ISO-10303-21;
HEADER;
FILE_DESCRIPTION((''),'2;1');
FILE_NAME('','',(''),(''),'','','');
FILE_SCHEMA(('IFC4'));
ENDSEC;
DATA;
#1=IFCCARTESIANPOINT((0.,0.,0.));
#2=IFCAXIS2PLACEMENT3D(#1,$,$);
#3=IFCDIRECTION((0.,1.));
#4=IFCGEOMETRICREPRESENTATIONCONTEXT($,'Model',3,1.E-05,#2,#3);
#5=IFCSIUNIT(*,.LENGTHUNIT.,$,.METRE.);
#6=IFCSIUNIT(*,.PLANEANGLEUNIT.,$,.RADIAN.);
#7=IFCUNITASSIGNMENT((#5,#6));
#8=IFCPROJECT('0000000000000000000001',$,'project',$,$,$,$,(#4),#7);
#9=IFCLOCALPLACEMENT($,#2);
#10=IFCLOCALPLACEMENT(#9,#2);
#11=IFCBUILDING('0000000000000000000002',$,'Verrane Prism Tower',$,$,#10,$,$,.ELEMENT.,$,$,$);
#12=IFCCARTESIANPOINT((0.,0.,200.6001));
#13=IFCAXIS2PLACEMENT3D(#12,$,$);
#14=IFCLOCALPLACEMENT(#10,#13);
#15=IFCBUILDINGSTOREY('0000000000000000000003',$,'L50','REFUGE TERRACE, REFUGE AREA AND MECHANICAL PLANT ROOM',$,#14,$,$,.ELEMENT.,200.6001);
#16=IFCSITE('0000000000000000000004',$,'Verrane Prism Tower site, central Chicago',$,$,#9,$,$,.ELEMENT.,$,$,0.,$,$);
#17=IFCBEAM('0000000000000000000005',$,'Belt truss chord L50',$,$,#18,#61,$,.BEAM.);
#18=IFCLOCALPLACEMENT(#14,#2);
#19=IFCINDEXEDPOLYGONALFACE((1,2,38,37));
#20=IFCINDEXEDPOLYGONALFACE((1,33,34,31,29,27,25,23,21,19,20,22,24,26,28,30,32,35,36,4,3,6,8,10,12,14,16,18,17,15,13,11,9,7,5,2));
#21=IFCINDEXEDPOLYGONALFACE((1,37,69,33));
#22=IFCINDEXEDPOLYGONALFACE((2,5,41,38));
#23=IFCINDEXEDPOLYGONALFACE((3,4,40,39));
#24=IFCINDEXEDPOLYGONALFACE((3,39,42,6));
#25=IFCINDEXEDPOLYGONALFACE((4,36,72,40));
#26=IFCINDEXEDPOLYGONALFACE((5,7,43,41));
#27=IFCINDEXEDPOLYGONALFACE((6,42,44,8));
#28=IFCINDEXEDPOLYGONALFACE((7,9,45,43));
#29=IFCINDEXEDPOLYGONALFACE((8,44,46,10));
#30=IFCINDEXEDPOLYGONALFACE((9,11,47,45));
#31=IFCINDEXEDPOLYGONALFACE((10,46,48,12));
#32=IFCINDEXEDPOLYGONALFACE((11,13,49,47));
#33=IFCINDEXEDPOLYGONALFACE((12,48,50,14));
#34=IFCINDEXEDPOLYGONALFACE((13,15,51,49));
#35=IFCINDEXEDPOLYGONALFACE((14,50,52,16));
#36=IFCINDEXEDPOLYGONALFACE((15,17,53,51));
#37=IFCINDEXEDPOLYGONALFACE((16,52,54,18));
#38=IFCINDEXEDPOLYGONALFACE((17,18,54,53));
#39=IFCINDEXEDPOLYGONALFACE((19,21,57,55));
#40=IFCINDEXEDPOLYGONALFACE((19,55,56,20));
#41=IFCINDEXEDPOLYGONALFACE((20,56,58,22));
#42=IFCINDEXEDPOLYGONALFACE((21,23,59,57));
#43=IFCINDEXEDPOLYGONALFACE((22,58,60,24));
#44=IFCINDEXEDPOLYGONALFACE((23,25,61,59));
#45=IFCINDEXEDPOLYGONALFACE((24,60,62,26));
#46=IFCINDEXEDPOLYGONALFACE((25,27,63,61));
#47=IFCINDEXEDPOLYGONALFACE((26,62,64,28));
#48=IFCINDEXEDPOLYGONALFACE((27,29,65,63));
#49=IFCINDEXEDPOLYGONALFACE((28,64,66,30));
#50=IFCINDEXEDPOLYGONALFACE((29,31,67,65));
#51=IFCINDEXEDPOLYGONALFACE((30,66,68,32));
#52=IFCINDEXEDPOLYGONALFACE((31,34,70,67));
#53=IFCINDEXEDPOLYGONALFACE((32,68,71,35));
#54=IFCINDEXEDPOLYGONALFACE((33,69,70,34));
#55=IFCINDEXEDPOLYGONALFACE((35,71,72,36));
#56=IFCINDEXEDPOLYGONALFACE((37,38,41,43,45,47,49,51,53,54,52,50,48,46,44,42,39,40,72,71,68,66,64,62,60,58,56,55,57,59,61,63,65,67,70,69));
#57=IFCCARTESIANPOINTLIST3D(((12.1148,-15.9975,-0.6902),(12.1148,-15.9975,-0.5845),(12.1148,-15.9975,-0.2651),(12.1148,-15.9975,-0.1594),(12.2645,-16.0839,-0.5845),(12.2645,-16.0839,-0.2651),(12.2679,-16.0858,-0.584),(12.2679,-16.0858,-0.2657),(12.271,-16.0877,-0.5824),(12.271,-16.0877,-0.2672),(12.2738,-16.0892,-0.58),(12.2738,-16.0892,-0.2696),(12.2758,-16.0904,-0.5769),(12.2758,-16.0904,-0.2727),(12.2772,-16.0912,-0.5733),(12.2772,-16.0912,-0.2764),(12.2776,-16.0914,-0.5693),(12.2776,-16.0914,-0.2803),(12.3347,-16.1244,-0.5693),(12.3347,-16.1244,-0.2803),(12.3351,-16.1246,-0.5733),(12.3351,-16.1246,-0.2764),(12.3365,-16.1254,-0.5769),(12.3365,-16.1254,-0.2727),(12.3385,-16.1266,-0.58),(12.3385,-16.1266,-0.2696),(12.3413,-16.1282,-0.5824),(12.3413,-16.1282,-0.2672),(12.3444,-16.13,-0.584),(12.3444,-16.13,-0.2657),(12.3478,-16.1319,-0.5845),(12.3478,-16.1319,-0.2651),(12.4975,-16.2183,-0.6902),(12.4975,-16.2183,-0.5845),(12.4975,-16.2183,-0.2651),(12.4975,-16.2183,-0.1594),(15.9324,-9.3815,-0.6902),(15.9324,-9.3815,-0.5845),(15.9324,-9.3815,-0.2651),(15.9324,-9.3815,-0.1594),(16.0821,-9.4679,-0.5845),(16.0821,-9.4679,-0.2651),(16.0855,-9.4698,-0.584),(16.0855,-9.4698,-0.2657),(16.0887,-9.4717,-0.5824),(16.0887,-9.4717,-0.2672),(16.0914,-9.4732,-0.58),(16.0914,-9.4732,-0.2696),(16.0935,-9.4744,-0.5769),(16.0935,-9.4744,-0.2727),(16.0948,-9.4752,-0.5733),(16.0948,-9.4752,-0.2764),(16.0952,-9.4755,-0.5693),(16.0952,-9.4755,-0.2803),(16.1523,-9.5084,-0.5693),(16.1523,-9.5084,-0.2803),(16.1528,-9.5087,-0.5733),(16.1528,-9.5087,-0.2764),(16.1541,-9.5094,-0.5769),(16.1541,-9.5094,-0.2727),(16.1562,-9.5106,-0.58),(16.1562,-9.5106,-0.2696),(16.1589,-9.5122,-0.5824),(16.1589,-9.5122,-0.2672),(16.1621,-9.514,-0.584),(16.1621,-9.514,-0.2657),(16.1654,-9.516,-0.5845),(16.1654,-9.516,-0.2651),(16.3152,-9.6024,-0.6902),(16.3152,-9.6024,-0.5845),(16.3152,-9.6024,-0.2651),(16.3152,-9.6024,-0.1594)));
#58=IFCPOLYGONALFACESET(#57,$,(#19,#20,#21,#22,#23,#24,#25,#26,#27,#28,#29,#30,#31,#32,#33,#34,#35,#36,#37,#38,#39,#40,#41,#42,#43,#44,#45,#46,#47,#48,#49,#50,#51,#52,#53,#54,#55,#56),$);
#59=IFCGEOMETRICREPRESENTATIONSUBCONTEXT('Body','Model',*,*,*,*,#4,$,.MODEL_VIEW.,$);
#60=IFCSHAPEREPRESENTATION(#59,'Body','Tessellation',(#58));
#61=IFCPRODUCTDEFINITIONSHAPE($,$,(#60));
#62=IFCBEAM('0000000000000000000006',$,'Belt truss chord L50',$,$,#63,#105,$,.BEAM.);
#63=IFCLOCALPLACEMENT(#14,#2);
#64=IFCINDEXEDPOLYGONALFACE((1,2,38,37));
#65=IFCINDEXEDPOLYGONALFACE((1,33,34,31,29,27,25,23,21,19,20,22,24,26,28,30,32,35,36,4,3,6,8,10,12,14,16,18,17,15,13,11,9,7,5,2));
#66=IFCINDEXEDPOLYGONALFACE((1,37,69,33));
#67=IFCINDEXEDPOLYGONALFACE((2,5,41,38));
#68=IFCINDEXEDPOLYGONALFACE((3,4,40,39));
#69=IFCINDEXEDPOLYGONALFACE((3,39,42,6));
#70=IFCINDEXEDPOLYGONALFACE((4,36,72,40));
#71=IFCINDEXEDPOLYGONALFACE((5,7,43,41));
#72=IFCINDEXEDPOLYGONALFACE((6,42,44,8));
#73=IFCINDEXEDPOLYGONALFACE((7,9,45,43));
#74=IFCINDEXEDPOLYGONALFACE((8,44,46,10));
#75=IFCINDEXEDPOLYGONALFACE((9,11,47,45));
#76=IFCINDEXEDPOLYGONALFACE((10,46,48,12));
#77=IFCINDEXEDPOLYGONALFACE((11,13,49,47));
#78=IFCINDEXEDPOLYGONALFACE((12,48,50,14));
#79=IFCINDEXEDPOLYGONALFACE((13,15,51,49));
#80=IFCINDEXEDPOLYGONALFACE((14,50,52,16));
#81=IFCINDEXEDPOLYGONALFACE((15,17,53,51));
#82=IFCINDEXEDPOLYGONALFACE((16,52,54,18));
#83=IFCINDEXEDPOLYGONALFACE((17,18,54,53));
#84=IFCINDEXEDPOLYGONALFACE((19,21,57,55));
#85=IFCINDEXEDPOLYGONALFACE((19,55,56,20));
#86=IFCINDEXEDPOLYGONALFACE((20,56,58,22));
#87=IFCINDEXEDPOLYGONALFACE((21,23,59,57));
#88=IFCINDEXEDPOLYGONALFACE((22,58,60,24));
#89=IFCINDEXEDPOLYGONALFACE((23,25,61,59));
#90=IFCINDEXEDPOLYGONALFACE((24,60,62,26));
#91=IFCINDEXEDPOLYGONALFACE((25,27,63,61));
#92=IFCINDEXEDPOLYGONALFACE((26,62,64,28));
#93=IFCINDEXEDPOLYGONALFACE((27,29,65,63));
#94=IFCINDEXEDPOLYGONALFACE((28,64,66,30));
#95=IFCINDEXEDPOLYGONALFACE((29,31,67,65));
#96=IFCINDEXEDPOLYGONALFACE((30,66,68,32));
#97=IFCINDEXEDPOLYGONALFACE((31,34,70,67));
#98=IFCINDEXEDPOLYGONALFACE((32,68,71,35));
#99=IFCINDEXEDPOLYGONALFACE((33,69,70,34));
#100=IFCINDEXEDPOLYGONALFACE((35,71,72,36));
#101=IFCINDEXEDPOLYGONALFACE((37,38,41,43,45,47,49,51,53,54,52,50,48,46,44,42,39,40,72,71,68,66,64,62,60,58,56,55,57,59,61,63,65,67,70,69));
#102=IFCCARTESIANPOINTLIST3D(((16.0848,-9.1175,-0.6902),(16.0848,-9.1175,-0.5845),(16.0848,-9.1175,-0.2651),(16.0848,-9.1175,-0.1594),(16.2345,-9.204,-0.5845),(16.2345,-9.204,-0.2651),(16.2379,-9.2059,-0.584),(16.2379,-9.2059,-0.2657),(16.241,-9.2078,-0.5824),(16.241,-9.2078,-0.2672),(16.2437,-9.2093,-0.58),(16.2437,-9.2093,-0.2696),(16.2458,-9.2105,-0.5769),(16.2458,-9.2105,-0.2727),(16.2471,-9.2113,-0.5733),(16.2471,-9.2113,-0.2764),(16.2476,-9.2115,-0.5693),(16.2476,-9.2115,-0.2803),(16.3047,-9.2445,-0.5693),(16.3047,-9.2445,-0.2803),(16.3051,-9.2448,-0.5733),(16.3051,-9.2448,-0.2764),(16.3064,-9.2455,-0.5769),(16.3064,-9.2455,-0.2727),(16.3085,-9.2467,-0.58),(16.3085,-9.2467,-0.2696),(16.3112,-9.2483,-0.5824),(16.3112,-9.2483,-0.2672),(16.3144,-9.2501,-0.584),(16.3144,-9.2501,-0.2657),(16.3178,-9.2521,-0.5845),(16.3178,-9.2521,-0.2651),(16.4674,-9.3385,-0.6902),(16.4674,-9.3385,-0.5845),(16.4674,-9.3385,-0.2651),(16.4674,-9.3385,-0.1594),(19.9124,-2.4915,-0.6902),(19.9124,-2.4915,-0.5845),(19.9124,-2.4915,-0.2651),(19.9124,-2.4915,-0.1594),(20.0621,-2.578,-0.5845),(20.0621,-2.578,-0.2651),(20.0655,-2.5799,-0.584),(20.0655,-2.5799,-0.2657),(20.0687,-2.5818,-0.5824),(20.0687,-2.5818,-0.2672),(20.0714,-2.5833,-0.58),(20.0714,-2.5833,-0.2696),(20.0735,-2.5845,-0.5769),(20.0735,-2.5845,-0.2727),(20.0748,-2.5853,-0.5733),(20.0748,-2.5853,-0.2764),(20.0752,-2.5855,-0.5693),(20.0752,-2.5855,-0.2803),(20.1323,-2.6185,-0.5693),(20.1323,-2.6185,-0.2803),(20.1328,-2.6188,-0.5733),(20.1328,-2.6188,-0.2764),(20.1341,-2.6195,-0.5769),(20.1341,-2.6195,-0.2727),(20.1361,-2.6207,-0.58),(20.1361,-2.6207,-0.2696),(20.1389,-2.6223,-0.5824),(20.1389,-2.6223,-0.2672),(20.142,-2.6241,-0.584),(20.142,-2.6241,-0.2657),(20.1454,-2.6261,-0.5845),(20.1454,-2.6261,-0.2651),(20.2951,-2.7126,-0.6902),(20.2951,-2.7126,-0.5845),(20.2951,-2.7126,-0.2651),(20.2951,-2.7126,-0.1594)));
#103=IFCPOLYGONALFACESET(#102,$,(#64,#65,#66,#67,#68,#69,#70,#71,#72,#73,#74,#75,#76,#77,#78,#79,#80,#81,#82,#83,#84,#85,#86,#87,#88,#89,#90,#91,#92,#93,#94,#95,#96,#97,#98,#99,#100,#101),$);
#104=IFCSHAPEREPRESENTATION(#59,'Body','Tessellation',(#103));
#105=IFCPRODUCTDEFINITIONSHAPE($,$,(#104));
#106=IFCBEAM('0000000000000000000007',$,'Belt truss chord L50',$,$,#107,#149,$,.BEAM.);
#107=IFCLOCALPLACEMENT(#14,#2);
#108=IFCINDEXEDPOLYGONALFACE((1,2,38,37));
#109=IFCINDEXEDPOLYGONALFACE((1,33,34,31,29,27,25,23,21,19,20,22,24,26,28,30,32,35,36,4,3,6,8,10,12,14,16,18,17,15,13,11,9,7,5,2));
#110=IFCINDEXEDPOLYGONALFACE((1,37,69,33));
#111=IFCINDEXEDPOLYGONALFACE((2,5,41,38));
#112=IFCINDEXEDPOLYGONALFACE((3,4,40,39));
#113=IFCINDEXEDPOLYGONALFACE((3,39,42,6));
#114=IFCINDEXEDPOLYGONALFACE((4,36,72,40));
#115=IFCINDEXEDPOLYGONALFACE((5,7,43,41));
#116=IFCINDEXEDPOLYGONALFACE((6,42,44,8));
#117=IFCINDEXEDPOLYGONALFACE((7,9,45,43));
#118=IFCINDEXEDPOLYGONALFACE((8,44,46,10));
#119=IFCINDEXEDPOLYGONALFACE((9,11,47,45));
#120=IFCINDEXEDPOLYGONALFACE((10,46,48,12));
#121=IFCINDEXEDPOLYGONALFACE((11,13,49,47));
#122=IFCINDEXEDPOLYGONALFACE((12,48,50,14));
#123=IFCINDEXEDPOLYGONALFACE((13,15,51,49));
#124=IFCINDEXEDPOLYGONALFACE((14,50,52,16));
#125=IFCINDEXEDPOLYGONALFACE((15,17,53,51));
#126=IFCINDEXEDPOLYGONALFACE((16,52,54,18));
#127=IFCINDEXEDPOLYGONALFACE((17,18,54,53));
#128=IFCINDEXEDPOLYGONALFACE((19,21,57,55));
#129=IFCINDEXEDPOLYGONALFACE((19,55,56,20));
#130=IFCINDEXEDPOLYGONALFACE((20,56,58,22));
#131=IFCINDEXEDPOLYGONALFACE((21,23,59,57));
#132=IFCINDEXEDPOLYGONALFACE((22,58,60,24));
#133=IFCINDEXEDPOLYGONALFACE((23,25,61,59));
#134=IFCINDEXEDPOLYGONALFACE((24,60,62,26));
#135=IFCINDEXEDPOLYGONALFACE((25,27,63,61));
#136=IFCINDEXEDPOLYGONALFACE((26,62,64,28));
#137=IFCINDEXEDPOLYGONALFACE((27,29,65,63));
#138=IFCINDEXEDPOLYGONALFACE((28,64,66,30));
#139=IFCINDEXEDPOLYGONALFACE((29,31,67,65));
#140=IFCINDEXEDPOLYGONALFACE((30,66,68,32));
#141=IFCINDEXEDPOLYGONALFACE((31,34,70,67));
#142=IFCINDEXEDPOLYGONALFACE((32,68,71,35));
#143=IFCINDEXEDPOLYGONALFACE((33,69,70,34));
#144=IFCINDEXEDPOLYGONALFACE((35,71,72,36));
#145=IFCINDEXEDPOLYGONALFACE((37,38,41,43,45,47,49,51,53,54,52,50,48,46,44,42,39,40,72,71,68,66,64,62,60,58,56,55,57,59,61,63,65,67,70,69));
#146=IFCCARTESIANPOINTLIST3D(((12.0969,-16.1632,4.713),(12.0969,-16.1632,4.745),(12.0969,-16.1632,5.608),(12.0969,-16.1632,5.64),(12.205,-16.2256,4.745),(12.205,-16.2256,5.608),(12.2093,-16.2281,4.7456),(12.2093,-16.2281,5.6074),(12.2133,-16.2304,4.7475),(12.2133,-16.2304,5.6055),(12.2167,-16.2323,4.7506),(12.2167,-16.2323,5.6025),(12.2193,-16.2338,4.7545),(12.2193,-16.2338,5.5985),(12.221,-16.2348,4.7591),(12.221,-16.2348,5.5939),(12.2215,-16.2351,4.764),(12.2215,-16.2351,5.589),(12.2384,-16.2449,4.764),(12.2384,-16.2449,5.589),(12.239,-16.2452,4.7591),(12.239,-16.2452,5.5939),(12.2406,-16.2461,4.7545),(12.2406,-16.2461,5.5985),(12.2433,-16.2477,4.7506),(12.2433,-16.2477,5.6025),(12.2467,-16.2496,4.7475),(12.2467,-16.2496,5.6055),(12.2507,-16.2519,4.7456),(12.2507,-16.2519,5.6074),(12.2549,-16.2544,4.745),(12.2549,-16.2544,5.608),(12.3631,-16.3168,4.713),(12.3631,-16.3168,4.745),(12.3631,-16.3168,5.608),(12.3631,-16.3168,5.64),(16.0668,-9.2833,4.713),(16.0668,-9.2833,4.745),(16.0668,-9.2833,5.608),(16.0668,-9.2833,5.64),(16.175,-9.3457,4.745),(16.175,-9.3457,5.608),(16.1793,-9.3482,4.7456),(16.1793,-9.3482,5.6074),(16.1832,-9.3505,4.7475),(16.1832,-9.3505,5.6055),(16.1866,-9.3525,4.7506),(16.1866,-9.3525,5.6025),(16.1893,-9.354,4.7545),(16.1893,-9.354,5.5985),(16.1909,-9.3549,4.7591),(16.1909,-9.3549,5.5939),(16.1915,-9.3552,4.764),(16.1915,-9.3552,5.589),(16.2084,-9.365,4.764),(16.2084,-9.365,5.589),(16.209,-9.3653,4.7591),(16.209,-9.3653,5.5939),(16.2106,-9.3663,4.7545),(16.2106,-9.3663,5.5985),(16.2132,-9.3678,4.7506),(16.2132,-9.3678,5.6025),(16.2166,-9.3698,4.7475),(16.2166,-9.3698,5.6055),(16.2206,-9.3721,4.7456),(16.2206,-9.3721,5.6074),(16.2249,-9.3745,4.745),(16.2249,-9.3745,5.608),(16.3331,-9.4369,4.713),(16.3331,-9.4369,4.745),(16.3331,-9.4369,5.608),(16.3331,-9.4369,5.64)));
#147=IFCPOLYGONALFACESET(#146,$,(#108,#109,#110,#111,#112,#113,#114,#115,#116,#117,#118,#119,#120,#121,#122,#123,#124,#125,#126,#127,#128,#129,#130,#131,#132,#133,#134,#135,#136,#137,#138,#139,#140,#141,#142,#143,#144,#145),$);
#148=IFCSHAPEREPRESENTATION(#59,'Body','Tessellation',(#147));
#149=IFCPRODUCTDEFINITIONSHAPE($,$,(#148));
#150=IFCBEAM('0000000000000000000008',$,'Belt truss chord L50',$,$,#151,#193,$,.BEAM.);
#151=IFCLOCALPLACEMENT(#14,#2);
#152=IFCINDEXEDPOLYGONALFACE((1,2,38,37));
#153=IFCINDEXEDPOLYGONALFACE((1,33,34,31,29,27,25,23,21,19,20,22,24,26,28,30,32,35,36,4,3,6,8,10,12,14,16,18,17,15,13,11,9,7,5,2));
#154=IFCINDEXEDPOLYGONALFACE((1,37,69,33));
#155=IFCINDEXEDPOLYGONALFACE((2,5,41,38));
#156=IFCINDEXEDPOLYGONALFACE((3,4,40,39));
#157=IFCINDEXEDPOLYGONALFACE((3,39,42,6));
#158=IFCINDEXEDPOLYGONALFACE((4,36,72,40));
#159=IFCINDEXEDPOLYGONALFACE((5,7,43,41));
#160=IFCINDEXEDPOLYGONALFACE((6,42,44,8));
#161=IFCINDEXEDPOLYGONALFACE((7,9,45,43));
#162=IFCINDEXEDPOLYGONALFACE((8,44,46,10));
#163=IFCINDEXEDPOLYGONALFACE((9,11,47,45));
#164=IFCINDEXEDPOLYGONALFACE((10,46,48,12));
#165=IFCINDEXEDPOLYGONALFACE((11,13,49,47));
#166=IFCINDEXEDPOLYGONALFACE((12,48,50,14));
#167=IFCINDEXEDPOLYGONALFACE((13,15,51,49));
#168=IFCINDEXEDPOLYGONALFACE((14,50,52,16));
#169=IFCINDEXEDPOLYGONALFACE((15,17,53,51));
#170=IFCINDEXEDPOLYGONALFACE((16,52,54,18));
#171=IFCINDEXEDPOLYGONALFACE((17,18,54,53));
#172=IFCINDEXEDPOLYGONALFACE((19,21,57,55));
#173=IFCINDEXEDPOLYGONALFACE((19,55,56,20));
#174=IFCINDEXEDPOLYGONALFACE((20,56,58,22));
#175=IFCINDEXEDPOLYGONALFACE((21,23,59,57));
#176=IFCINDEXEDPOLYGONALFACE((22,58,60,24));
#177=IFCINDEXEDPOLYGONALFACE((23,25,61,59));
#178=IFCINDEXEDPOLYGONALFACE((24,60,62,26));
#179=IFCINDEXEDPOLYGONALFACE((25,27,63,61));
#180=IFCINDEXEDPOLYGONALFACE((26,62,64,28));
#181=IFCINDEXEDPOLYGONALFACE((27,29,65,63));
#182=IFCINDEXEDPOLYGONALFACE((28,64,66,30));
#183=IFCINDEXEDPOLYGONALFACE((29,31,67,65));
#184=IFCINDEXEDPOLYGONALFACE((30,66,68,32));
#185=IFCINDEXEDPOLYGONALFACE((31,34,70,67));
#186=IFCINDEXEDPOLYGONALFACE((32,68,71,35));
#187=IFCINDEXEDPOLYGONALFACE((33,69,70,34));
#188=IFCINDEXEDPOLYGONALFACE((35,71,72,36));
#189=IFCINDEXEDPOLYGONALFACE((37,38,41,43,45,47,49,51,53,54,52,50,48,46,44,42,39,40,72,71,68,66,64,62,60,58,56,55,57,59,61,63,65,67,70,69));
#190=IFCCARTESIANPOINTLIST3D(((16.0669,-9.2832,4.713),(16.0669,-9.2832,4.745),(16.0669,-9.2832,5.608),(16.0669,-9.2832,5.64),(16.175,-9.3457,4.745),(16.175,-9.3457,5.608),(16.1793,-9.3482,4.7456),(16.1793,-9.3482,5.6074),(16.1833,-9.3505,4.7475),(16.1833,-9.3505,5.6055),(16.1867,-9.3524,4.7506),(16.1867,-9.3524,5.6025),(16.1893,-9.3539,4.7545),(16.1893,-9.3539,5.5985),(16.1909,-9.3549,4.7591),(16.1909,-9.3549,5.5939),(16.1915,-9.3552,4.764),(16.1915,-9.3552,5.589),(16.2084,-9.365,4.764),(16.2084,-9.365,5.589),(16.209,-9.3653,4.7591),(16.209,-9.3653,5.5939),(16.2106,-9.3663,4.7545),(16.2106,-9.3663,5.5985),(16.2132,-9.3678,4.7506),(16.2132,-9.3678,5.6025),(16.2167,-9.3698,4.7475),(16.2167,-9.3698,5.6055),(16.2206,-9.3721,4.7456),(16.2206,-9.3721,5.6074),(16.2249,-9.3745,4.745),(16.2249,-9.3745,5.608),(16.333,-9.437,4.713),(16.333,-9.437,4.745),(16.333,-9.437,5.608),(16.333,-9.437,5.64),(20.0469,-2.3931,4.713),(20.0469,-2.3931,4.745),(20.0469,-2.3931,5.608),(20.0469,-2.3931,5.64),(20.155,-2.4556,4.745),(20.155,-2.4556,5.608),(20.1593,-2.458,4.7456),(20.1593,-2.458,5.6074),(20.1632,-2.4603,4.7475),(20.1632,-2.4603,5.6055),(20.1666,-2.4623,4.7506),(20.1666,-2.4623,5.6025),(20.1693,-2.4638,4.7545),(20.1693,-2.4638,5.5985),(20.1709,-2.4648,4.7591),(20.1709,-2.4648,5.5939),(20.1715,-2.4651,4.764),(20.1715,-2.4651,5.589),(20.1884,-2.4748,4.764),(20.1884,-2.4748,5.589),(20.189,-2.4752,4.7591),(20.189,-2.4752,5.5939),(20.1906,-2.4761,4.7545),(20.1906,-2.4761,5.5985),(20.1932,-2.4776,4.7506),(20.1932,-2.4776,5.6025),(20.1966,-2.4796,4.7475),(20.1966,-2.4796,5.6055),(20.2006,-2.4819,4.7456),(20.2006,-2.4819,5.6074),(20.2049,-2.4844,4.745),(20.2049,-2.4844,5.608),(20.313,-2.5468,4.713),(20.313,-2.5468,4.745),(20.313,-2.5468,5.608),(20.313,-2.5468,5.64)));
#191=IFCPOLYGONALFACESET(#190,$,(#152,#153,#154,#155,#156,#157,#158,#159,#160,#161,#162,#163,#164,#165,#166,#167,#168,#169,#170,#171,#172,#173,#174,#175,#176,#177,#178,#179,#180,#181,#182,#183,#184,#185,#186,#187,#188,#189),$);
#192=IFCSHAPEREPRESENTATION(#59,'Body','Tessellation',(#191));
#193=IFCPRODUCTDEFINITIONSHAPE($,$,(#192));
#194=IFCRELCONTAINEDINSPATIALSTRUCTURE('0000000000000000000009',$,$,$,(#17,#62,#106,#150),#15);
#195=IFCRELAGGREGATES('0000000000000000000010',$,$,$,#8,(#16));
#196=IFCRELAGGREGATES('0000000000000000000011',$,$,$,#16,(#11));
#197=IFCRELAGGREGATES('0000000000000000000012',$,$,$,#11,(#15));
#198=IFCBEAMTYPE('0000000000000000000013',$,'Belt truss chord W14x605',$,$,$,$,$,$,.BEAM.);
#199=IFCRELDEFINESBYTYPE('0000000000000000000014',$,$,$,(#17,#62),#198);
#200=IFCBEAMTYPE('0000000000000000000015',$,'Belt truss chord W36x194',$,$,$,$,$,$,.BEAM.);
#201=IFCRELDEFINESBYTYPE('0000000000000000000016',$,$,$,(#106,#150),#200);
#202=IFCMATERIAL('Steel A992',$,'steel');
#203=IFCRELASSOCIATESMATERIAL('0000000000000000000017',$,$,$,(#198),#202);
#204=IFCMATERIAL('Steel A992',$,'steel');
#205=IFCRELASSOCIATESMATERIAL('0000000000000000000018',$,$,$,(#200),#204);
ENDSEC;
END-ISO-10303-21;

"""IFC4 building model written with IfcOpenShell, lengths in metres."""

from ifc_helpers import new_model, si_unit, direction, frame, origin, origin_2d, place, context, subcontext, project, spatial, i_section, extrude, material, material_profile, profile_set, type_object, element, save


model = new_model("IFC4")

# Units and contexts
model_context = context("Model", 3, precision=1e-05, world=origin(), true_north=direction((0.0, 1.0)))
body_context = subcontext(model_context, "Body", "Model", "MODEL_VIEW")
ifc_project = project(units=[si_unit("LENGTHUNIT", "METRE"), si_unit("PLANEANGLEUNIT", "RADIAN")], contexts=[model_context])

# Site, building, storey
site_placement = place(None, origin())
site = spatial("IfcSite", under=ifc_project, at=site_placement, Name="Verrane Prism Tower site, central Chicago", CompositionType="ELEMENT", RefElevation=0.0)
building_placement = place(site_placement, origin())
building = spatial("IfcBuilding", under=site, at=building_placement, Name="Verrane Prism Tower", CompositionType="ELEMENT")
storey_placement = place(building_placement, frame((0.0, 0.0, 200.6001)))
storey = spatial("IfcBuildingStorey", under=building, at=storey_placement, Name="L50", Description="REFUGE TERRACE, REFUGE AREA AND MECHANICAL PLANT ROOM", CompositionType="ELEMENT", Elevation=200.6001)

# Beams
ifc_material_1 = material(Name="Steel A992", Category="steel")
ifc_material_profile_1 = material_profile(ifc_material_1, i_section(OverallWidth=0.4419, OverallDepth=0.5308, WebThickness=0.0659, FlangeThickness=0.1057, FilletRadius=0.0151, at=origin_2d()), Name="W14x605")
ifc_profile_set_1 = profile_set([ifc_material_profile_1], Name="Steel A992")
beam_type_1 = type_object("IfcBeamType", Name="Belt truss chord W14x605", PredefinedType="BEAM", material=ifc_profile_set_1)
beam_1_placement = place(storey_placement, frame((12.3062, -16.1079, -0.4248), z_axis=(0.499793, 0.866145, 0.0), x_axis=(-0.866145, 0.499793, 0.0)))
element("IfcBeam", 1, at=beam_1_placement, inside=storey, type_object=beam_type_1, Name="Belt truss chord L50", PredefinedType="BEAM", context=body_context, shape_type="SweptSolid", body=[
    extrude(i_section(OverallWidth=0.4419, OverallDepth=0.5308, WebThickness=0.0659, FlangeThickness=0.1057, FilletRadius=0.0151, at=origin_2d()), origin(), (0.0, 0.0, 1.0), 7.6384),
])
beam_2_placement = place(storey_placement, frame((16.2761, -9.228, -0.4248), z_axis=(0.500208, 0.865905, 0.0), x_axis=(-0.865905, 0.500208, 0.0)))
element("IfcBeam", 2, at=beam_2_placement, inside=storey, type_object=beam_type_1, Name="Belt truss chord L50", PredefinedType="BEAM", context=body_context, shape_type="SweptSolid", body=[
    extrude(i_section(OverallWidth=0.4419, OverallDepth=0.5308, WebThickness=0.0659, FlangeThickness=0.1057, FilletRadius=0.0151, at=origin_2d()), origin(), (0.0, 0.0, 1.0), 7.6521),
])
ifc_material_2 = material(Name="Steel A992", Category="steel")
ifc_material_profile_2 = material_profile(ifc_material_2, i_section(OverallWidth=0.3074, OverallDepth=0.927, WebThickness=0.0195, FlangeThickness=0.032, FilletRadius=0.019, at=origin_2d()), Name="W36x194")
ifc_profile_set_2 = profile_set([ifc_material_profile_2], Name="Steel A992")
beam_type_2 = type_object("IfcBeamType", Name="Belt truss chord W36x194", PredefinedType="BEAM", material=ifc_profile_set_2)
beam_3_placement = place(storey_placement, frame((12.23, -16.24, 5.1765), z_axis=(0.499799, 0.866142, 0.0), x_axis=(-0.866142, 0.499799, 0.0)))
element("IfcBeam", 3, at=beam_3_placement, inside=storey, type_object=beam_type_2, Name="Belt truss chord L50", PredefinedType="BEAM", context=body_context, shape_type="SweptSolid", body=[
    extrude(i_section(OverallWidth=0.3074, OverallDepth=0.927, WebThickness=0.0195, FlangeThickness=0.032, FilletRadius=0.019, at=origin_2d()), origin(), (0.0, 0.0, 1.0), 7.9431),
])
beam_4_placement = place(storey_placement, frame((16.2, -9.3601, 5.1765), z_axis=(0.500185, 0.865919, 0.0), x_axis=(-0.865919, 0.500185, 0.0)))
element("IfcBeam", 4, at=beam_4_placement, inside=storey, type_object=beam_type_2, Name="Belt truss chord L50", PredefinedType="BEAM", context=body_context, shape_type="SweptSolid", body=[
    extrude(i_section(OverallWidth=0.3074, OverallDepth=0.927, WebThickness=0.0195, FlangeThickness=0.032, FilletRadius=0.019, at=origin_2d()), origin(), (0.0, 0.0, 1.0), 7.957),
])

save(model, "model.ifc")
